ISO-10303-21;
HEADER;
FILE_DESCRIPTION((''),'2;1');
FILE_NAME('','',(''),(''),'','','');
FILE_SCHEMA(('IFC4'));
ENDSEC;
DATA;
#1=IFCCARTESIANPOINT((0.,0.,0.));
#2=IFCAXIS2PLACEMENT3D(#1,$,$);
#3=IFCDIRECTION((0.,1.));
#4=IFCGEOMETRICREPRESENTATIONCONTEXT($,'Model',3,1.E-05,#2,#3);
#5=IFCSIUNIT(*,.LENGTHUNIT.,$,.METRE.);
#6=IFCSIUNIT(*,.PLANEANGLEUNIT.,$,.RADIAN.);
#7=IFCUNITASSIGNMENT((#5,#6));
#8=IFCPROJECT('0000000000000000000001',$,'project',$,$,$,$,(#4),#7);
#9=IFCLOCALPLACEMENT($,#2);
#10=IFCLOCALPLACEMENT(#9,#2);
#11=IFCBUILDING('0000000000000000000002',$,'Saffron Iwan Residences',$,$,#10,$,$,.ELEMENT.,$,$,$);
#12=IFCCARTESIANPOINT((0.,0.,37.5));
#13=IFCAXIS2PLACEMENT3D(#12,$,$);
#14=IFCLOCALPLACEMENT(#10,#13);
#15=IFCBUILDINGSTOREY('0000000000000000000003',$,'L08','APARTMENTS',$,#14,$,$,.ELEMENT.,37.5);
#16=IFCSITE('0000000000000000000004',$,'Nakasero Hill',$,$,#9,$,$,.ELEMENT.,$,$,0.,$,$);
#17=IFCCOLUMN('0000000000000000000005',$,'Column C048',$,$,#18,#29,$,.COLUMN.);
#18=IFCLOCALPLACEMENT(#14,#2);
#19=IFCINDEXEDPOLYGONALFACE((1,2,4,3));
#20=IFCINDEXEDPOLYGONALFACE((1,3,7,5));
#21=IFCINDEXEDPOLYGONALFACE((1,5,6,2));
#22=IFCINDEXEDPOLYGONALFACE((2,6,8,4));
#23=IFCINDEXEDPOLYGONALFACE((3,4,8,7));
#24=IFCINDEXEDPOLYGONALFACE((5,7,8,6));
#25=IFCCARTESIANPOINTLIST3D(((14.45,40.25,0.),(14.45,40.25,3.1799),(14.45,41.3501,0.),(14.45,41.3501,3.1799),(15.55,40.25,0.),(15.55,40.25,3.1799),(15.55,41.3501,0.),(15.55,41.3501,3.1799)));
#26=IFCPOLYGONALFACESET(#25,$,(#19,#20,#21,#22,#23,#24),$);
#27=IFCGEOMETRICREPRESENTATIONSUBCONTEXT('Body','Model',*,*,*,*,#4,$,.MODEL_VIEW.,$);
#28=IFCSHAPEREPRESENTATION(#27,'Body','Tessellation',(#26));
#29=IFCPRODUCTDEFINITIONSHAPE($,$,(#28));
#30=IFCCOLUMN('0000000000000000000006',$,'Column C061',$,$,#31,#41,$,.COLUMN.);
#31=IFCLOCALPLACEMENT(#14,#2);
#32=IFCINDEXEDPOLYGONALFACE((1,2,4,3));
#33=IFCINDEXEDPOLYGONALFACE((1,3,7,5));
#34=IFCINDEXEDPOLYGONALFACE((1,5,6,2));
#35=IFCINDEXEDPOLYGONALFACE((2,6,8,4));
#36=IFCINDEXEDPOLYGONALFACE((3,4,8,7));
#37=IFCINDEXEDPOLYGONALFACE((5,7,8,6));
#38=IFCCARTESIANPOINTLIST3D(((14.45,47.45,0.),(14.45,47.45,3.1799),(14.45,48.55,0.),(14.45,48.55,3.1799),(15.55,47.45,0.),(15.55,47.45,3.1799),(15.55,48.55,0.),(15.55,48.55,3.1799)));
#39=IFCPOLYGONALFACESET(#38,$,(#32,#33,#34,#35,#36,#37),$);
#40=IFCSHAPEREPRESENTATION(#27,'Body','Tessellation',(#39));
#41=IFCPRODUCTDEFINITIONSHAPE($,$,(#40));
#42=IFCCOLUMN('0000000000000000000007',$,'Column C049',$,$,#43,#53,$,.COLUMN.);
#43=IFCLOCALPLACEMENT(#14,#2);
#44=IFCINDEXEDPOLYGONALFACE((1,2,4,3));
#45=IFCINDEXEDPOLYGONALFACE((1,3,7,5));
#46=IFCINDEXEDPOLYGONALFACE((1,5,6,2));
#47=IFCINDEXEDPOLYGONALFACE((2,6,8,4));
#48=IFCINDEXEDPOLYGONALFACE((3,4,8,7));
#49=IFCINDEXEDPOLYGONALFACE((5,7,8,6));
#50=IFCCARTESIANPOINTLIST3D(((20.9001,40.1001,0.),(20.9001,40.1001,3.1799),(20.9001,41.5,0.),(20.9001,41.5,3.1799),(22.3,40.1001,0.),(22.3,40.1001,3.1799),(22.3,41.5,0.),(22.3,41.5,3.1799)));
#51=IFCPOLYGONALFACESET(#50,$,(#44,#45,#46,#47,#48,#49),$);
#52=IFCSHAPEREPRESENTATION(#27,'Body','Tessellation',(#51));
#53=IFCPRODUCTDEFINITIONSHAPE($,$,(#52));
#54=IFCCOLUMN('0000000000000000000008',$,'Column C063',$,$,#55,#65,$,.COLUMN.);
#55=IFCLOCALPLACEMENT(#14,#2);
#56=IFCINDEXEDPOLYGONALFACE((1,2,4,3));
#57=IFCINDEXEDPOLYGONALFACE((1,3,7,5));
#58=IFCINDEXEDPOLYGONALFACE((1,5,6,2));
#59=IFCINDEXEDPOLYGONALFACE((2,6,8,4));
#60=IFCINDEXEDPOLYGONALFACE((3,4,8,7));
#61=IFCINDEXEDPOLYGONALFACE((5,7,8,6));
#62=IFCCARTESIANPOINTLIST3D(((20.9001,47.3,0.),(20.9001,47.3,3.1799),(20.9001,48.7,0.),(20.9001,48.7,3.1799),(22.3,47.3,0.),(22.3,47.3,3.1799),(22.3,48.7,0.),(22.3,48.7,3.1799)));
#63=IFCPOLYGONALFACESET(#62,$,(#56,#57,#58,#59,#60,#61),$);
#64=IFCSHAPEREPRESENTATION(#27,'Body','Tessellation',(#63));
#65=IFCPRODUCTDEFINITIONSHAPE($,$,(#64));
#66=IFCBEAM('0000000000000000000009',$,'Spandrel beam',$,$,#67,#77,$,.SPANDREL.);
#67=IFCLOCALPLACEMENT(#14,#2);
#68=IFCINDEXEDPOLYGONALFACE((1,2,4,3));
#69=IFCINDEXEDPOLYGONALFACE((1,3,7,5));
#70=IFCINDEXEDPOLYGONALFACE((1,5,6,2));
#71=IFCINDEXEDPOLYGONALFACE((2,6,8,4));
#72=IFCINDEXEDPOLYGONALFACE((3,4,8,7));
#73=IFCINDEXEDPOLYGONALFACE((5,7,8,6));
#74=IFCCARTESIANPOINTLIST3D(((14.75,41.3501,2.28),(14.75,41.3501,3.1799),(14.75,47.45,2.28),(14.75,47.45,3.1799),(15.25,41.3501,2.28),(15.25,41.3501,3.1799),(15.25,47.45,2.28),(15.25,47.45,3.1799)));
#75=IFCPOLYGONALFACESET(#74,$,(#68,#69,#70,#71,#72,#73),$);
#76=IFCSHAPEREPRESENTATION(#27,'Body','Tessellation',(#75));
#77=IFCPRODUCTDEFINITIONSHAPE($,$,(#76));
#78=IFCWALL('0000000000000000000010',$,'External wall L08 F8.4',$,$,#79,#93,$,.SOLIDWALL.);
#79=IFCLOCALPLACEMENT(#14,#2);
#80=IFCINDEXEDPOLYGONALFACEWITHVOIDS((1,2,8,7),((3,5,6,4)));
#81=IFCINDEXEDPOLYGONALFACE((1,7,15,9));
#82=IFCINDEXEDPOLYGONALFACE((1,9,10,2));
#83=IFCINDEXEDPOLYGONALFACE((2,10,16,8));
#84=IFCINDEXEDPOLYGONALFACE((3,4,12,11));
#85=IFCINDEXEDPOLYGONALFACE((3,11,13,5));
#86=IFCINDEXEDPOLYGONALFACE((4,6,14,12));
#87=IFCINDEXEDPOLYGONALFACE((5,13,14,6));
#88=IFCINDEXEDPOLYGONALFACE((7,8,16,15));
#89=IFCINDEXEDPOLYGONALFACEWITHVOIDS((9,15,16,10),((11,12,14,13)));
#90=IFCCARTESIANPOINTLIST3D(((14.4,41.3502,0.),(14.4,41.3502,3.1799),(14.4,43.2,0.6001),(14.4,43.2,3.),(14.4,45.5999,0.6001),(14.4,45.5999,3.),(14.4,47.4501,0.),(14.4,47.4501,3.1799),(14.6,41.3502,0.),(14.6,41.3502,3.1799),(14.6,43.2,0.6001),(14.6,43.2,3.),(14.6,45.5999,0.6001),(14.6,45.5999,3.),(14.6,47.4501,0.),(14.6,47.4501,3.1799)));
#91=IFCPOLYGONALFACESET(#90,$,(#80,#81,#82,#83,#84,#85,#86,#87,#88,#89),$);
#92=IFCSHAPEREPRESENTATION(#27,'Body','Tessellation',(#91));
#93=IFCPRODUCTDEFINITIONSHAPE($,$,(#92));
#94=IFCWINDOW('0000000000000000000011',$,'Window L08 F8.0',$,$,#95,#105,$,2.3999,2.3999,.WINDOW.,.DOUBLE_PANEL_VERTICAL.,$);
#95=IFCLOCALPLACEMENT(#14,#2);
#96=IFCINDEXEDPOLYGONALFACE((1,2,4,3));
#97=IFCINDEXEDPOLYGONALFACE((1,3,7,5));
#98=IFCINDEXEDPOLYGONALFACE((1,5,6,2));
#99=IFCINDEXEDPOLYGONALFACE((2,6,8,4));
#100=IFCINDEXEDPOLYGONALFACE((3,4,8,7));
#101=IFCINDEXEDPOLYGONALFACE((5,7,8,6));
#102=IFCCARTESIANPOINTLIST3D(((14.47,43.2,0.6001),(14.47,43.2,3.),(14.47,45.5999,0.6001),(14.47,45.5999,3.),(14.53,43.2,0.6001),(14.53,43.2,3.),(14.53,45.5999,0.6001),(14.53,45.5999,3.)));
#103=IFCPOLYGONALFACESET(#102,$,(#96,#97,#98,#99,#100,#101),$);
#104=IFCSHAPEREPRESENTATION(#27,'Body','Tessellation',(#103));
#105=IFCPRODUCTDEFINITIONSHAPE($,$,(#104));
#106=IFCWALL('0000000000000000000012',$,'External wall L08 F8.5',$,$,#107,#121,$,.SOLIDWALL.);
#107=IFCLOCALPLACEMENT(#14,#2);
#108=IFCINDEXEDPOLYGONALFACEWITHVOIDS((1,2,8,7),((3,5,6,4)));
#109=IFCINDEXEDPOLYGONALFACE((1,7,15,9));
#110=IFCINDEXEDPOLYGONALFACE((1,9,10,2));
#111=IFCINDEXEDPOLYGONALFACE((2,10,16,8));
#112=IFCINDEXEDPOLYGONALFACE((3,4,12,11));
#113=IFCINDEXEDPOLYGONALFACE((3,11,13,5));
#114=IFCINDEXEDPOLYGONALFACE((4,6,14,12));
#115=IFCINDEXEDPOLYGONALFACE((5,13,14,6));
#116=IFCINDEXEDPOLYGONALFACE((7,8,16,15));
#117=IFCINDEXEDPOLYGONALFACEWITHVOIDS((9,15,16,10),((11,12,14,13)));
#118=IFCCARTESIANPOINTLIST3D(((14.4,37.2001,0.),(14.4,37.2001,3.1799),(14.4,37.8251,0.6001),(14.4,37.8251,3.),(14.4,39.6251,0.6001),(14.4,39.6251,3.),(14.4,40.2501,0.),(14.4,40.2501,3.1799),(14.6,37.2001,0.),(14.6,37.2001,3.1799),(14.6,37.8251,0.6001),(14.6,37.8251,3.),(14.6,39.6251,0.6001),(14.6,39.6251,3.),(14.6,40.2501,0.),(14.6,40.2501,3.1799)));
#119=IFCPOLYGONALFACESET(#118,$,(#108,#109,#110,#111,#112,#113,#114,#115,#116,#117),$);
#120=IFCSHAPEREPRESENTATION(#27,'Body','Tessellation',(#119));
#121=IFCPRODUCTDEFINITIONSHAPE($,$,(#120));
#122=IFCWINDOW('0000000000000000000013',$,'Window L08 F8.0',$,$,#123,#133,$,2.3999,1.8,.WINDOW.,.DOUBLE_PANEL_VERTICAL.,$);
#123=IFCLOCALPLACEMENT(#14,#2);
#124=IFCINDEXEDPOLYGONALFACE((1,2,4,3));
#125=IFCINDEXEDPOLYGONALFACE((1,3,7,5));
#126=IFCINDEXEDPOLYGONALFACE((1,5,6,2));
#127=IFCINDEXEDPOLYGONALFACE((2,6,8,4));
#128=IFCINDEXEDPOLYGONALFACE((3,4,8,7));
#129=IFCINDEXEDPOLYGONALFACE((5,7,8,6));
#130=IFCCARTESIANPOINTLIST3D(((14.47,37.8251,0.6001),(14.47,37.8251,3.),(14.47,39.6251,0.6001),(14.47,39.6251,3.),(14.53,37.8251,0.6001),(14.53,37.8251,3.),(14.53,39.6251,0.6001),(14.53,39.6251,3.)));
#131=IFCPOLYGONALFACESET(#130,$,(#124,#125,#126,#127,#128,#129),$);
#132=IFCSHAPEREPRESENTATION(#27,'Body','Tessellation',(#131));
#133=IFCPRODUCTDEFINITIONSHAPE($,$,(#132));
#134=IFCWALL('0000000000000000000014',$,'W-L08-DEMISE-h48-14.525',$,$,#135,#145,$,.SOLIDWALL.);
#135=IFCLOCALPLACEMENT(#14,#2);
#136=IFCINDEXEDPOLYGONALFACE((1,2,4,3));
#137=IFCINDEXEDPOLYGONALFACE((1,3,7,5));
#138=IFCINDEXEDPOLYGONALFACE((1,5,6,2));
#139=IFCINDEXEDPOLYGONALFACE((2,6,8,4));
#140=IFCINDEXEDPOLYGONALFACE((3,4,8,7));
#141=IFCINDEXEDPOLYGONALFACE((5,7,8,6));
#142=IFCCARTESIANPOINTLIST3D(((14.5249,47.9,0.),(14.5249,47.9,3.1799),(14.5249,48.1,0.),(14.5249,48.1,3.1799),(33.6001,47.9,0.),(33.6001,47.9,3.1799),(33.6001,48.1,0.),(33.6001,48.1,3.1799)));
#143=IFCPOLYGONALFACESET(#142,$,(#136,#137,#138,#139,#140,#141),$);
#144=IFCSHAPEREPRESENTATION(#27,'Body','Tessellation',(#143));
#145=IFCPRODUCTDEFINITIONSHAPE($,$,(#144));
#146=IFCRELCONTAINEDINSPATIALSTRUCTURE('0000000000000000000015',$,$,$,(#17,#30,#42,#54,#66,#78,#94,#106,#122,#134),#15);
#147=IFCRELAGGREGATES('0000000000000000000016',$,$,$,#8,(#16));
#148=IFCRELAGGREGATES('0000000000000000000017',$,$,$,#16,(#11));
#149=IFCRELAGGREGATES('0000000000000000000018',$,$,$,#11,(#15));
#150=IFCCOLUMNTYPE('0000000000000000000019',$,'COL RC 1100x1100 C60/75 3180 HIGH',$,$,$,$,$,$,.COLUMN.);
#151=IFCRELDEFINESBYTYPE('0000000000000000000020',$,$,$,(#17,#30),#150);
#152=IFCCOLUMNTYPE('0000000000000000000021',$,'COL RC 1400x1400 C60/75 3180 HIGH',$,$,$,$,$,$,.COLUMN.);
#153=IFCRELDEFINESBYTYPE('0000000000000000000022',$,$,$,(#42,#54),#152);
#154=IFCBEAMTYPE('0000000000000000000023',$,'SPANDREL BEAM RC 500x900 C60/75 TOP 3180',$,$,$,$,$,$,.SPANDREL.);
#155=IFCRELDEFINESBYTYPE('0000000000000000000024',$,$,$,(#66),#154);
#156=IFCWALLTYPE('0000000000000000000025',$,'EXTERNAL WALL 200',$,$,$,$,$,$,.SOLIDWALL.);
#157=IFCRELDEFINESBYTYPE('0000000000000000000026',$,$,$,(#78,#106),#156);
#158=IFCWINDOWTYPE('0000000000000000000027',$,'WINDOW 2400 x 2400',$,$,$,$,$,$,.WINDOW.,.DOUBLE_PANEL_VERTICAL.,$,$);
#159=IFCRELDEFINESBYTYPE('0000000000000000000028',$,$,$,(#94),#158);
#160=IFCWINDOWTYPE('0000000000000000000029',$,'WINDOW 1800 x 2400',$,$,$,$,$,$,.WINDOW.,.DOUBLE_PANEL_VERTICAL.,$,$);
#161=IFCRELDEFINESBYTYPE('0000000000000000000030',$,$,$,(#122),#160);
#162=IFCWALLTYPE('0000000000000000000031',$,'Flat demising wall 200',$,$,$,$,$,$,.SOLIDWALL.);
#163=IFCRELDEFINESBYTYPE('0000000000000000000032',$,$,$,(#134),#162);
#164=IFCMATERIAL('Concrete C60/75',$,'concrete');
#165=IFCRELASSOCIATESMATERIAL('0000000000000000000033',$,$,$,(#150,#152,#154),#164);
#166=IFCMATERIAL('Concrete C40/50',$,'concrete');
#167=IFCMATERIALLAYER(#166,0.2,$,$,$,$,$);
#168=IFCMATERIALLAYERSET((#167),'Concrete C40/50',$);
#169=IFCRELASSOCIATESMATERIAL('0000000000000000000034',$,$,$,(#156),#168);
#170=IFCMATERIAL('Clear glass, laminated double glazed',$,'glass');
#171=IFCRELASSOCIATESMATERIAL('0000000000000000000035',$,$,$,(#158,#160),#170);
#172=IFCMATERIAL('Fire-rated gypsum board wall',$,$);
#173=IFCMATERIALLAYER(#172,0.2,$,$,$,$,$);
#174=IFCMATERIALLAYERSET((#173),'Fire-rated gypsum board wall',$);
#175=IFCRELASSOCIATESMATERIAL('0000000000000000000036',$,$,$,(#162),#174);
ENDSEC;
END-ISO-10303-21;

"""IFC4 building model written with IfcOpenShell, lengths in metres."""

from ifc_helpers import new_model, si_unit, direction, frame, frame_2d, origin, origin_2d, place, context, subcontext, project, spatial, rectangle, extrude, source, transform, mapped, material, layer, layer_set, material_profile, profile_set, type_object, element, fill, save


model = new_model("IFC4")

# Units and contexts
model_context = context("Model", 3, precision=1e-05, world=origin(), true_north=direction((0.0, 1.0)))
body_context = subcontext(model_context, "Body", "Model", "MODEL_VIEW")
ifc_project = project(units=[si_unit("LENGTHUNIT", "METRE"), si_unit("PLANEANGLEUNIT", "RADIAN")], contexts=[model_context])

# Site, building, storey
site_placement = place(None, origin())
site = spatial("IfcSite", under=ifc_project, at=site_placement, Name="Nakasero Hill", CompositionType="ELEMENT", RefElevation=0.0)
building_placement = place(site_placement, origin())
building = spatial("IfcBuilding", under=site, at=building_placement, Name="Saffron Iwan Residences", CompositionType="ELEMENT")
storey_placement = place(building_placement, frame((0.0, 0.0, 37.5)))
storey = spatial("IfcBuildingStorey", under=building, at=storey_placement, Name="L08", Description="APARTMENTS", CompositionType="ELEMENT", Elevation=37.5)

# Columns
ifc_material_1 = material(Name="Concrete C60/75", Category="concrete")
ifc_material_profile_1 = material_profile(ifc_material_1, rectangle(XDim=1.1001, YDim=1.1001, at=origin_2d()), Name="RC 1100x1100")
ifc_profile_set_1 = profile_set([ifc_material_profile_1], Name="Concrete C60/75")
column_type_1 = type_object("IfcColumnType", Name="COL RC 1100x1100 C60/75 3180 HIGH", PredefinedType="COLUMN", material=ifc_profile_set_1)
shared_shape_1 = source(origin(), body_context, "Body", "SweptSolid", [
    extrude(rectangle(XDim=1.1001, YDim=1.1001, at=origin_2d()), origin(), (0.0, 0.0, 1.0), 3.1799),
])
for number, where, z_axis, x_axis, name in (
    (1, (15.0, 40.8, 0.0), (0.0, 0.0, 1.0), (1.0, 0.0, 0.0), "Column C048"),
    (2, (15.0, 48.0, 0.0), (0.0, 0.0, 1.0), (1.0, 0.0, 0.0), "Column C061"),
):
    element("IfcColumn", number, at=place(storey_placement, frame(where, z_axis=z_axis, x_axis=x_axis)), inside=storey, type_object=column_type_1, Name=name, PredefinedType="COLUMN", context=body_context, shape_type="MappedRepresentation", body=[
        mapped(shared_shape_1, transform((0.0, 0.0, 0.0))),
    ])
ifc_material_profile_2 = material_profile(ifc_material_1, rectangle(XDim=1.3999, YDim=1.3999, at=origin_2d()), Name="RC 1400x1400")
ifc_profile_set_2 = profile_set([ifc_material_profile_2], Name="Concrete C60/75")
column_type_2 = type_object("IfcColumnType", Name="COL RC 1400x1400 C60/75 3180 HIGH", PredefinedType="COLUMN", material=ifc_profile_set_2)
shared_shape_2 = source(origin(), body_context, "Body", "SweptSolid", [
    extrude(rectangle(XDim=1.3999, YDim=1.3999, at=origin_2d()), origin(), (0.0, 0.0, 1.0), 3.1799),
])
for number, where, z_axis, x_axis, name in (
    (3, (21.6001, 40.8, 0.0), (0.0, 0.0, 1.0), (1.0, 0.0, 0.0), "Column C049"),
    (4, (21.6001, 48.0, 0.0), (0.0, 0.0, 1.0), (1.0, 0.0, 0.0), "Column C063"),
):
    element("IfcColumn", number, at=place(storey_placement, frame(where, z_axis=z_axis, x_axis=x_axis)), inside=storey, type_object=column_type_2, Name=name, PredefinedType="COLUMN", context=body_context, shape_type="MappedRepresentation", body=[
        mapped(shared_shape_2, transform((0.0, 0.0, 0.0))),
    ])

# Beam
ifc_material_profile_3 = material_profile(ifc_material_1, rectangle(XDim=0.5, YDim=0.8999, at=origin_2d()), Name="RC 500x900")
ifc_profile_set_3 = profile_set([ifc_material_profile_3], Name="Concrete C60/75")
beam_type = type_object("IfcBeamType", Name="SPANDREL BEAM RC 500x900 C60/75 TOP 3180", PredefinedType="SPANDREL", material=ifc_profile_set_3)
shared_shape_3 = source(origin(), body_context, "Body", "SweptSolid", [
    extrude(rectangle(XDim=0.5, YDim=0.8999, at=origin_2d()), origin(), (0.0, 0.0, 1.0), 6.0999),
])
beam_placement = place(storey_placement, frame((15.0, 41.3501, 2.73), z_axis=(0.0, 1.0, 0.0), x_axis=(-1.0, 0.0, 0.0)))
element("IfcBeam", 5, at=beam_placement, inside=storey, type_object=beam_type, Name="Spandrel beam", PredefinedType="SPANDREL", context=body_context, shape_type="MappedRepresentation", body=[
    mapped(shared_shape_3, transform((0.0, 0.0, 0.0))),
])

# Walls, openings, windows
ifc_material_2 = material(Name="Concrete C40/50", Category="concrete")
ifc_layer_1 = layer(ifc_material_2, 0.2)
ifc_layer_set_1 = layer_set([ifc_layer_1], Name="Concrete C40/50")
wall_type_1 = type_object("IfcWallType", Name="EXTERNAL WALL 200", PredefinedType="SOLIDWALL", material=ifc_layer_set_1)
wall_1_placement = place(storey_placement, frame((14.5, 47.45, 0.0), z_axis=(0.0, 0.0, 1.0), x_axis=(0.0, -1.0, 0.0)))
wall_1 = element("IfcWall", 6, at=wall_1_placement, inside=storey, type_object=wall_type_1, Name="External wall L08 F8.4", PredefinedType="SOLIDWALL", context=body_context, shape_type="SweptSolid", body=[
    extrude(rectangle(XDim=6.0999, YDim=0.2, at=frame_2d((3.0498, 0.0))), origin(), (0.0, 0.0, 1.0), 3.1799),
])
opening_1_placement = place(wall_1_placement, frame((1.8501, 0.0, 0.6001)))
opening_1 = element("IfcOpeningElement", 7, at=opening_1_placement, cuts=wall_1, PredefinedType="OPENING", context=body_context, shape_type="SweptSolid", body=[
    extrude(rectangle(XDim=2.3999, YDim=2.3999, at=frame_2d((1.2, 1.2))), frame((0.0, 0.1099, 0.0), z_axis=(0.0, -1.0, 0.0), x_axis=(1.0, 0.0, 0.0)), (0.0, 0.0, 1.0), 0.22),
])
ifc_material_3 = material(Name="Clear glass, laminated double glazed", Category="glass")
window_type_1 = type_object("IfcWindowType", Name="WINDOW 2400 x 2400", PartitioningType="DOUBLE_PANEL_VERTICAL", PredefinedType="WINDOW", material=ifc_material_3)
window_1_placement = place(opening_1_placement, origin())
window_1 = element("IfcWindow", 8, at=window_1_placement, inside=storey, type_object=window_type_1, Name="Window L08 F8.0", OverallHeight=2.3999, OverallWidth=2.3999, PartitioningType="DOUBLE_PANEL_VERTICAL", PredefinedType="WINDOW", context=body_context, shape_type="SweptSolid", body=[
    extrude(rectangle(XDim=2.3999, YDim=2.3999, at=frame_2d((1.2, 1.2))), frame((0.0, 0.03, 0.0), z_axis=(0.0, -1.0, 0.0), x_axis=(1.0, 0.0, 0.0)), (0.0, 0.0, 1.0), 0.0601),
])
fill(opening_1, window_1)
wall_2_placement = place(storey_placement, frame((14.5, 40.25, 0.0), z_axis=(0.0, 0.0, 1.0), x_axis=(0.0, -1.0, 0.0)))
wall_2 = element("IfcWall", 9, at=wall_2_placement, inside=storey, type_object=wall_type_1, Name="External wall L08 F8.5", PredefinedType="SOLIDWALL", context=body_context, shape_type="SweptSolid", body=[
    extrude(rectangle(XDim=3.05, YDim=0.2, at=frame_2d((1.5249, 0.0))), origin(), (0.0, 0.0, 1.0), 3.1799),
])
opening_2_placement = place(wall_2_placement, frame((0.625, 0.0, 0.6001)))
opening_2 = element("IfcOpeningElement", 10, at=opening_2_placement, cuts=wall_2, PredefinedType="OPENING", context=body_context, shape_type="SweptSolid", body=[
    extrude(rectangle(XDim=1.8, YDim=2.3999, at=frame_2d((0.8999, 1.2))), frame((0.0, 0.1099, 0.0), z_axis=(0.0, -1.0, 0.0), x_axis=(1.0, 0.0, 0.0)), (0.0, 0.0, 1.0), 0.22),
])
window_type_2 = type_object("IfcWindowType", Name="WINDOW 1800 x 2400", PartitioningType="DOUBLE_PANEL_VERTICAL", PredefinedType="WINDOW", material=ifc_material_3)
window_2_placement = place(opening_2_placement, origin())
window_2 = element("IfcWindow", 11, at=window_2_placement, inside=storey, type_object=window_type_2, Name="Window L08 F8.0", OverallHeight=2.3999, OverallWidth=1.8, PartitioningType="DOUBLE_PANEL_VERTICAL", PredefinedType="WINDOW", context=body_context, shape_type="SweptSolid", body=[
    extrude(rectangle(XDim=1.8, YDim=2.3999, at=frame_2d((0.8999, 1.2))), frame((0.0, 0.03, 0.0), z_axis=(0.0, -1.0, 0.0), x_axis=(1.0, 0.0, 0.0)), (0.0, 0.0, 1.0), 0.0601),
])
fill(opening_2, window_2)

# Wall
ifc_material_4 = material(Name="Fire-rated gypsum board wall")
ifc_layer_2 = layer(ifc_material_4, 0.2)
ifc_layer_set_2 = layer_set([ifc_layer_2], Name="Fire-rated gypsum board wall")
wall_type_2 = type_object("IfcWallType", Name="Flat demising wall 200", PredefinedType="SOLIDWALL", material=ifc_layer_set_2)
wall_3_placement = place(storey_placement, frame((14.5249, 48.0, 0.0), z_axis=(0.0, 0.0, 1.0), x_axis=(1.0, 0.0, 0.0)))
element("IfcWall", 12, at=wall_3_placement, inside=storey, type_object=wall_type_2, Name="W-L08-DEMISE-h48-14.525", PredefinedType="SOLIDWALL", context=body_context, shape_type="SweptSolid", body=[
    extrude(rectangle(XDim=19.0752, YDim=0.2, at=frame_2d((9.5376, 0.0))), origin(), (0.0, 0.0, 1.0), 3.1799),
])

save(model, "model.ifc")
